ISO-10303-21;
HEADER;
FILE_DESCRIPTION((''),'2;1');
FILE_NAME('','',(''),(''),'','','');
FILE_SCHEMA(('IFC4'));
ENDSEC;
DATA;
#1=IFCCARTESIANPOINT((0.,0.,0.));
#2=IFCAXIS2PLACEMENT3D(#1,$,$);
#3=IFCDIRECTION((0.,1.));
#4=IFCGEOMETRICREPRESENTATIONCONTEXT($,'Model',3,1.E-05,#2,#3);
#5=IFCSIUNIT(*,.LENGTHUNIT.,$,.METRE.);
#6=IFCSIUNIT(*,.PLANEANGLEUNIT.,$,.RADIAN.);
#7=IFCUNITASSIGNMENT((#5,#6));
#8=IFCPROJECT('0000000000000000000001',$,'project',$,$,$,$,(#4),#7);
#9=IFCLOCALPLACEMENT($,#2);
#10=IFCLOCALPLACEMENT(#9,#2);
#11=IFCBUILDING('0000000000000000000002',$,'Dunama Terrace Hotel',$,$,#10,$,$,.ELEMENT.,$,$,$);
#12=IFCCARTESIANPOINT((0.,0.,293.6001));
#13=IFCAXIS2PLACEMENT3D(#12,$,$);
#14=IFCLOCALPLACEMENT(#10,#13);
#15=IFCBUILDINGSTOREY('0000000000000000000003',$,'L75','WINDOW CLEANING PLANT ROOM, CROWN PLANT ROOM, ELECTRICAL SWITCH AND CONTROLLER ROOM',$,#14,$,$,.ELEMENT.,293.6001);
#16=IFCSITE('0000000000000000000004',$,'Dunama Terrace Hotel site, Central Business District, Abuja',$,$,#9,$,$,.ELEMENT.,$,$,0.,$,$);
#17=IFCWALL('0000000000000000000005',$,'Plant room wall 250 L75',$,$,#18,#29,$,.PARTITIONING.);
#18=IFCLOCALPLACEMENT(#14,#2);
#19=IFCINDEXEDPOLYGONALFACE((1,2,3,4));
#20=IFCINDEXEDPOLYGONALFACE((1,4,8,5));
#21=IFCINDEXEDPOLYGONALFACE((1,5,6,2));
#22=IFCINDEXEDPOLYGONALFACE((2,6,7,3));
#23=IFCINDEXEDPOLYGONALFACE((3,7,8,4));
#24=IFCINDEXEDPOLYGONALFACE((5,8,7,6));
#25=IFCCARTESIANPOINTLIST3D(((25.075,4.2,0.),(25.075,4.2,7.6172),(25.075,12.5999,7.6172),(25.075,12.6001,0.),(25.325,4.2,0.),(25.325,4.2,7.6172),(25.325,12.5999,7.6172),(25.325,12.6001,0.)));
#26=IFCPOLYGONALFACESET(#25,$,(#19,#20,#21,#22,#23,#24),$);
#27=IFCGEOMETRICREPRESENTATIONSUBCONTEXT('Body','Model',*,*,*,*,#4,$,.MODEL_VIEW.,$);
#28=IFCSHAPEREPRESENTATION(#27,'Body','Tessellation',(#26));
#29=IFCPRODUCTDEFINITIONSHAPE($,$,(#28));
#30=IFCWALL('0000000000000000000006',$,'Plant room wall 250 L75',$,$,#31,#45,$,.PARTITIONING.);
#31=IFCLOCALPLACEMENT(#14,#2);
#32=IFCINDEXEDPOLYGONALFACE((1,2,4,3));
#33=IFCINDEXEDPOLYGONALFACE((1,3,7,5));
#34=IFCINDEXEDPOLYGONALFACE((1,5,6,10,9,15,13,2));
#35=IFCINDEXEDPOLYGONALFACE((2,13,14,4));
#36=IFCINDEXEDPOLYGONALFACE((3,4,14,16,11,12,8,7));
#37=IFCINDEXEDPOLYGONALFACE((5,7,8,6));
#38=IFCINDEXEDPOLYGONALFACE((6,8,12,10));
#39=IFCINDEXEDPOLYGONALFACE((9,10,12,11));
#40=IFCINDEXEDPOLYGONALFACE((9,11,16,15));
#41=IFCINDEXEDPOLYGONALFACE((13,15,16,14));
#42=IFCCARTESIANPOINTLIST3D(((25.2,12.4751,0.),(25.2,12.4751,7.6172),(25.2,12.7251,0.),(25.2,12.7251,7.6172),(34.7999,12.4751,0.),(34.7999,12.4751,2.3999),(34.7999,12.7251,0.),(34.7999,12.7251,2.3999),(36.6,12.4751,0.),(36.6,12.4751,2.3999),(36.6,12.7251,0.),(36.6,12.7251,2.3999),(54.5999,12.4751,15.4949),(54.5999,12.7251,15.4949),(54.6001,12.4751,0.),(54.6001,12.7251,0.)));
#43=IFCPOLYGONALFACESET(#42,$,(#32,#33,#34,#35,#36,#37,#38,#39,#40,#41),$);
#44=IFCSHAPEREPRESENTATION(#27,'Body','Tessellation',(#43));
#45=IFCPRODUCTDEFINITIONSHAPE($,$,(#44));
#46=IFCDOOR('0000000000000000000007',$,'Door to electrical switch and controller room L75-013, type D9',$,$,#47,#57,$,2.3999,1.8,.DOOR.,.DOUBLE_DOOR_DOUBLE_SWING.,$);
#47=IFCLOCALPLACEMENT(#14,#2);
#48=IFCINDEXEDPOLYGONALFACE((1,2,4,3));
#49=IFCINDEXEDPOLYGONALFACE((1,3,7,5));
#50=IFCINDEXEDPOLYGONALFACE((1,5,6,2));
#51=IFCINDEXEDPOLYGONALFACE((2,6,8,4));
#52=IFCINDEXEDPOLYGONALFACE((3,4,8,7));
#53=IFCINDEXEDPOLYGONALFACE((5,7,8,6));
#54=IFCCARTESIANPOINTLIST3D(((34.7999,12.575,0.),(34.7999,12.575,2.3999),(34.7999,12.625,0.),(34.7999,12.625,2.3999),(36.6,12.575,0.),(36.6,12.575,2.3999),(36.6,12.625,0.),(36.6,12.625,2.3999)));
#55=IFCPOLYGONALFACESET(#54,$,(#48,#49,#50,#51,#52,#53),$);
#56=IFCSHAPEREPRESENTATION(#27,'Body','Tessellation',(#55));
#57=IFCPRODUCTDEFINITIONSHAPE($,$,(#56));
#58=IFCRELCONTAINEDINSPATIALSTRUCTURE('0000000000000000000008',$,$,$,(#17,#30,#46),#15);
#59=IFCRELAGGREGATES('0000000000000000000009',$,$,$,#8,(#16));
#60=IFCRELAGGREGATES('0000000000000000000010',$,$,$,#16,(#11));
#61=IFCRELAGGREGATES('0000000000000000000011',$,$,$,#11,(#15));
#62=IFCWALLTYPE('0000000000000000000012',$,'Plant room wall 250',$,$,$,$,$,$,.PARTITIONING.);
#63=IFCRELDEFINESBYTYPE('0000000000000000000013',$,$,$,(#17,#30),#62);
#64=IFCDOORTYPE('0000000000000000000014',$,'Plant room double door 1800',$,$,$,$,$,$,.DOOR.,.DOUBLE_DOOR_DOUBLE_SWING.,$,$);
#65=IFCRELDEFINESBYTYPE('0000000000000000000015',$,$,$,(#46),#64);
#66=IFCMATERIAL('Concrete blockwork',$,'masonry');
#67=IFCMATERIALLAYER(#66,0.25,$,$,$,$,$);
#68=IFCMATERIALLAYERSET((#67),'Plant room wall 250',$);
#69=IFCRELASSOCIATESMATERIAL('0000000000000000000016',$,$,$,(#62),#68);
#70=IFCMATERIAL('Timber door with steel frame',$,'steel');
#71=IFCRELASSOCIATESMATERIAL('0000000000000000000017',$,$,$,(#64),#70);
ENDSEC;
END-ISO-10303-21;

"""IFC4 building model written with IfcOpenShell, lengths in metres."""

from ifc_helpers import new_model, si_unit, direction, frame, frame_2d, origin, place, context, subcontext, project, spatial, polyline, rectangle, outline, extrude, material, layer, layer_set, type_object, element, fill, save


model = new_model("IFC4")

# Units and contexts
model_context = context("Model", 3, precision=1e-05, world=origin(), true_north=direction((0.0, 1.0)))
body_context = subcontext(model_context, "Body", "Model", "MODEL_VIEW")
ifc_project = project(units=[si_unit("LENGTHUNIT", "METRE"), si_unit("PLANEANGLEUNIT", "RADIAN")], contexts=[model_context])

# Site, building, storey
site_placement = place(None, origin())
site = spatial("IfcSite", under=ifc_project, at=site_placement, Name="Dunama Terrace Hotel site, Central Business District, Abuja", CompositionType="ELEMENT", RefElevation=0.0)
building_placement = place(site_placement, origin())
building = spatial("IfcBuilding", under=site, at=building_placement, Name="Dunama Terrace Hotel", CompositionType="ELEMENT")
storey_placement = place(building_placement, frame((0.0, 0.0, 293.6001)))
storey = spatial("IfcBuildingStorey", under=building, at=storey_placement, Name="L75", Description="WINDOW CLEANING PLANT ROOM, CROWN PLANT ROOM, ELECTRICAL SWITCH AND CONTROLLER ROOM", CompositionType="ELEMENT", Elevation=293.6001)

# Shared definitions
ifc_material_1 = material(Name="Concrete blockwork", Category="masonry")
ifc_layer_1 = layer(ifc_material_1, 0.25)
ifc_layer_set_1 = layer_set([ifc_layer_1], Name="Plant room wall 250")
wall_type_1 = type_object("IfcWallType", Name="Plant room wall 250", PredefinedType="PARTITIONING", material=ifc_layer_set_1)
ifc_material_2 = material(Name="Timber door with steel frame", Category="steel")
door_type_1 = type_object("IfcDoorType", Name="Plant room double door 1800", OperationType="DOUBLE_DOOR_DOUBLE_SWING", PredefinedType="DOOR", material=ifc_material_2)

# Wall
wall_1_placement = place(storey_placement, frame((25.2, 4.2, 0.0), z_axis=(0.0, 0.0, 1.0), x_axis=(0.0, 1.0, 0.0)))
element("IfcWall", 1, at=wall_1_placement, inside=storey, type_object=wall_type_1, Name="Plant room wall 250 L75", PredefinedType="PARTITIONING", context=body_context, shape_type="SweptSolid", body=[
    extrude(outline(polyline([(0.0, 0.0), (8.4001, 0.0), (8.3999, 7.6172), (0.0, 7.6172), (0.0, 0.0)])), frame((0.0, 0.125, 0.0), z_axis=(0.0, -1.0, 0.0), x_axis=(1.0, 0.0, 0.0)), (0.0, 0.0, 1.0), 0.25),
])

# Wall, opening, door
wall_2_placement = place(storey_placement, frame((25.2, 12.6001, 0.0), z_axis=(0.0, 0.0, 1.0), x_axis=(1.0, 0.0, 0.0)))
wall_2 = element("IfcWall", 2, at=wall_2_placement, inside=storey, type_object=wall_type_1, Name="Plant room wall 250 L75", PredefinedType="PARTITIONING", context=body_context, shape_type="SweptSolid", body=[
    extrude(outline(polyline([(0.0, 0.0), (29.4001, 0.0), (29.3999, 15.4949), (0.0, 7.6172), (0.0, 0.0)])), frame((0.0, 0.125, 0.0), z_axis=(0.0, -1.0, 0.0), x_axis=(1.0, 0.0, 0.0)), (0.0, 0.0, 1.0), 0.25),
])
opening_1_placement = place(wall_2_placement, frame((9.6001, 0.0, 0.0)))
opening_1 = element("IfcOpeningElement", 3, at=opening_1_placement, cuts=wall_2, PredefinedType="OPENING", context=body_context, shape_type="SweptSolid", body=[
    extrude(rectangle(XDim=1.8, YDim=2.3999, at=frame_2d((0.8999, 1.2))), frame((0.0, 0.135, 0.0), z_axis=(0.0, -1.0, 0.0), x_axis=(1.0, 0.0, 0.0)), (0.0, 0.0, 1.0), 0.27),
])
door_1_placement = place(opening_1_placement, origin())
door_1 = element("IfcDoor", 4, at=door_1_placement, inside=storey, type_object=door_type_1, Name="Door to electrical switch and controller room L75-013, type D9", OperationType="DOUBLE_DOOR_DOUBLE_SWING", OverallHeight=2.3999, OverallWidth=1.8, PredefinedType="DOOR", context=body_context, shape_type="SweptSolid", body=[
    extrude(rectangle(XDim=1.8, YDim=2.3999, at=frame_2d((0.8999, 1.2))), frame((0.0, 0.0249, 0.0), z_axis=(0.0, -1.0, 0.0), x_axis=(1.0, 0.0, 0.0)), (0.0, 0.0, 1.0), 0.05),
])
fill(opening_1, door_1)

save(model, "model.ifc")
